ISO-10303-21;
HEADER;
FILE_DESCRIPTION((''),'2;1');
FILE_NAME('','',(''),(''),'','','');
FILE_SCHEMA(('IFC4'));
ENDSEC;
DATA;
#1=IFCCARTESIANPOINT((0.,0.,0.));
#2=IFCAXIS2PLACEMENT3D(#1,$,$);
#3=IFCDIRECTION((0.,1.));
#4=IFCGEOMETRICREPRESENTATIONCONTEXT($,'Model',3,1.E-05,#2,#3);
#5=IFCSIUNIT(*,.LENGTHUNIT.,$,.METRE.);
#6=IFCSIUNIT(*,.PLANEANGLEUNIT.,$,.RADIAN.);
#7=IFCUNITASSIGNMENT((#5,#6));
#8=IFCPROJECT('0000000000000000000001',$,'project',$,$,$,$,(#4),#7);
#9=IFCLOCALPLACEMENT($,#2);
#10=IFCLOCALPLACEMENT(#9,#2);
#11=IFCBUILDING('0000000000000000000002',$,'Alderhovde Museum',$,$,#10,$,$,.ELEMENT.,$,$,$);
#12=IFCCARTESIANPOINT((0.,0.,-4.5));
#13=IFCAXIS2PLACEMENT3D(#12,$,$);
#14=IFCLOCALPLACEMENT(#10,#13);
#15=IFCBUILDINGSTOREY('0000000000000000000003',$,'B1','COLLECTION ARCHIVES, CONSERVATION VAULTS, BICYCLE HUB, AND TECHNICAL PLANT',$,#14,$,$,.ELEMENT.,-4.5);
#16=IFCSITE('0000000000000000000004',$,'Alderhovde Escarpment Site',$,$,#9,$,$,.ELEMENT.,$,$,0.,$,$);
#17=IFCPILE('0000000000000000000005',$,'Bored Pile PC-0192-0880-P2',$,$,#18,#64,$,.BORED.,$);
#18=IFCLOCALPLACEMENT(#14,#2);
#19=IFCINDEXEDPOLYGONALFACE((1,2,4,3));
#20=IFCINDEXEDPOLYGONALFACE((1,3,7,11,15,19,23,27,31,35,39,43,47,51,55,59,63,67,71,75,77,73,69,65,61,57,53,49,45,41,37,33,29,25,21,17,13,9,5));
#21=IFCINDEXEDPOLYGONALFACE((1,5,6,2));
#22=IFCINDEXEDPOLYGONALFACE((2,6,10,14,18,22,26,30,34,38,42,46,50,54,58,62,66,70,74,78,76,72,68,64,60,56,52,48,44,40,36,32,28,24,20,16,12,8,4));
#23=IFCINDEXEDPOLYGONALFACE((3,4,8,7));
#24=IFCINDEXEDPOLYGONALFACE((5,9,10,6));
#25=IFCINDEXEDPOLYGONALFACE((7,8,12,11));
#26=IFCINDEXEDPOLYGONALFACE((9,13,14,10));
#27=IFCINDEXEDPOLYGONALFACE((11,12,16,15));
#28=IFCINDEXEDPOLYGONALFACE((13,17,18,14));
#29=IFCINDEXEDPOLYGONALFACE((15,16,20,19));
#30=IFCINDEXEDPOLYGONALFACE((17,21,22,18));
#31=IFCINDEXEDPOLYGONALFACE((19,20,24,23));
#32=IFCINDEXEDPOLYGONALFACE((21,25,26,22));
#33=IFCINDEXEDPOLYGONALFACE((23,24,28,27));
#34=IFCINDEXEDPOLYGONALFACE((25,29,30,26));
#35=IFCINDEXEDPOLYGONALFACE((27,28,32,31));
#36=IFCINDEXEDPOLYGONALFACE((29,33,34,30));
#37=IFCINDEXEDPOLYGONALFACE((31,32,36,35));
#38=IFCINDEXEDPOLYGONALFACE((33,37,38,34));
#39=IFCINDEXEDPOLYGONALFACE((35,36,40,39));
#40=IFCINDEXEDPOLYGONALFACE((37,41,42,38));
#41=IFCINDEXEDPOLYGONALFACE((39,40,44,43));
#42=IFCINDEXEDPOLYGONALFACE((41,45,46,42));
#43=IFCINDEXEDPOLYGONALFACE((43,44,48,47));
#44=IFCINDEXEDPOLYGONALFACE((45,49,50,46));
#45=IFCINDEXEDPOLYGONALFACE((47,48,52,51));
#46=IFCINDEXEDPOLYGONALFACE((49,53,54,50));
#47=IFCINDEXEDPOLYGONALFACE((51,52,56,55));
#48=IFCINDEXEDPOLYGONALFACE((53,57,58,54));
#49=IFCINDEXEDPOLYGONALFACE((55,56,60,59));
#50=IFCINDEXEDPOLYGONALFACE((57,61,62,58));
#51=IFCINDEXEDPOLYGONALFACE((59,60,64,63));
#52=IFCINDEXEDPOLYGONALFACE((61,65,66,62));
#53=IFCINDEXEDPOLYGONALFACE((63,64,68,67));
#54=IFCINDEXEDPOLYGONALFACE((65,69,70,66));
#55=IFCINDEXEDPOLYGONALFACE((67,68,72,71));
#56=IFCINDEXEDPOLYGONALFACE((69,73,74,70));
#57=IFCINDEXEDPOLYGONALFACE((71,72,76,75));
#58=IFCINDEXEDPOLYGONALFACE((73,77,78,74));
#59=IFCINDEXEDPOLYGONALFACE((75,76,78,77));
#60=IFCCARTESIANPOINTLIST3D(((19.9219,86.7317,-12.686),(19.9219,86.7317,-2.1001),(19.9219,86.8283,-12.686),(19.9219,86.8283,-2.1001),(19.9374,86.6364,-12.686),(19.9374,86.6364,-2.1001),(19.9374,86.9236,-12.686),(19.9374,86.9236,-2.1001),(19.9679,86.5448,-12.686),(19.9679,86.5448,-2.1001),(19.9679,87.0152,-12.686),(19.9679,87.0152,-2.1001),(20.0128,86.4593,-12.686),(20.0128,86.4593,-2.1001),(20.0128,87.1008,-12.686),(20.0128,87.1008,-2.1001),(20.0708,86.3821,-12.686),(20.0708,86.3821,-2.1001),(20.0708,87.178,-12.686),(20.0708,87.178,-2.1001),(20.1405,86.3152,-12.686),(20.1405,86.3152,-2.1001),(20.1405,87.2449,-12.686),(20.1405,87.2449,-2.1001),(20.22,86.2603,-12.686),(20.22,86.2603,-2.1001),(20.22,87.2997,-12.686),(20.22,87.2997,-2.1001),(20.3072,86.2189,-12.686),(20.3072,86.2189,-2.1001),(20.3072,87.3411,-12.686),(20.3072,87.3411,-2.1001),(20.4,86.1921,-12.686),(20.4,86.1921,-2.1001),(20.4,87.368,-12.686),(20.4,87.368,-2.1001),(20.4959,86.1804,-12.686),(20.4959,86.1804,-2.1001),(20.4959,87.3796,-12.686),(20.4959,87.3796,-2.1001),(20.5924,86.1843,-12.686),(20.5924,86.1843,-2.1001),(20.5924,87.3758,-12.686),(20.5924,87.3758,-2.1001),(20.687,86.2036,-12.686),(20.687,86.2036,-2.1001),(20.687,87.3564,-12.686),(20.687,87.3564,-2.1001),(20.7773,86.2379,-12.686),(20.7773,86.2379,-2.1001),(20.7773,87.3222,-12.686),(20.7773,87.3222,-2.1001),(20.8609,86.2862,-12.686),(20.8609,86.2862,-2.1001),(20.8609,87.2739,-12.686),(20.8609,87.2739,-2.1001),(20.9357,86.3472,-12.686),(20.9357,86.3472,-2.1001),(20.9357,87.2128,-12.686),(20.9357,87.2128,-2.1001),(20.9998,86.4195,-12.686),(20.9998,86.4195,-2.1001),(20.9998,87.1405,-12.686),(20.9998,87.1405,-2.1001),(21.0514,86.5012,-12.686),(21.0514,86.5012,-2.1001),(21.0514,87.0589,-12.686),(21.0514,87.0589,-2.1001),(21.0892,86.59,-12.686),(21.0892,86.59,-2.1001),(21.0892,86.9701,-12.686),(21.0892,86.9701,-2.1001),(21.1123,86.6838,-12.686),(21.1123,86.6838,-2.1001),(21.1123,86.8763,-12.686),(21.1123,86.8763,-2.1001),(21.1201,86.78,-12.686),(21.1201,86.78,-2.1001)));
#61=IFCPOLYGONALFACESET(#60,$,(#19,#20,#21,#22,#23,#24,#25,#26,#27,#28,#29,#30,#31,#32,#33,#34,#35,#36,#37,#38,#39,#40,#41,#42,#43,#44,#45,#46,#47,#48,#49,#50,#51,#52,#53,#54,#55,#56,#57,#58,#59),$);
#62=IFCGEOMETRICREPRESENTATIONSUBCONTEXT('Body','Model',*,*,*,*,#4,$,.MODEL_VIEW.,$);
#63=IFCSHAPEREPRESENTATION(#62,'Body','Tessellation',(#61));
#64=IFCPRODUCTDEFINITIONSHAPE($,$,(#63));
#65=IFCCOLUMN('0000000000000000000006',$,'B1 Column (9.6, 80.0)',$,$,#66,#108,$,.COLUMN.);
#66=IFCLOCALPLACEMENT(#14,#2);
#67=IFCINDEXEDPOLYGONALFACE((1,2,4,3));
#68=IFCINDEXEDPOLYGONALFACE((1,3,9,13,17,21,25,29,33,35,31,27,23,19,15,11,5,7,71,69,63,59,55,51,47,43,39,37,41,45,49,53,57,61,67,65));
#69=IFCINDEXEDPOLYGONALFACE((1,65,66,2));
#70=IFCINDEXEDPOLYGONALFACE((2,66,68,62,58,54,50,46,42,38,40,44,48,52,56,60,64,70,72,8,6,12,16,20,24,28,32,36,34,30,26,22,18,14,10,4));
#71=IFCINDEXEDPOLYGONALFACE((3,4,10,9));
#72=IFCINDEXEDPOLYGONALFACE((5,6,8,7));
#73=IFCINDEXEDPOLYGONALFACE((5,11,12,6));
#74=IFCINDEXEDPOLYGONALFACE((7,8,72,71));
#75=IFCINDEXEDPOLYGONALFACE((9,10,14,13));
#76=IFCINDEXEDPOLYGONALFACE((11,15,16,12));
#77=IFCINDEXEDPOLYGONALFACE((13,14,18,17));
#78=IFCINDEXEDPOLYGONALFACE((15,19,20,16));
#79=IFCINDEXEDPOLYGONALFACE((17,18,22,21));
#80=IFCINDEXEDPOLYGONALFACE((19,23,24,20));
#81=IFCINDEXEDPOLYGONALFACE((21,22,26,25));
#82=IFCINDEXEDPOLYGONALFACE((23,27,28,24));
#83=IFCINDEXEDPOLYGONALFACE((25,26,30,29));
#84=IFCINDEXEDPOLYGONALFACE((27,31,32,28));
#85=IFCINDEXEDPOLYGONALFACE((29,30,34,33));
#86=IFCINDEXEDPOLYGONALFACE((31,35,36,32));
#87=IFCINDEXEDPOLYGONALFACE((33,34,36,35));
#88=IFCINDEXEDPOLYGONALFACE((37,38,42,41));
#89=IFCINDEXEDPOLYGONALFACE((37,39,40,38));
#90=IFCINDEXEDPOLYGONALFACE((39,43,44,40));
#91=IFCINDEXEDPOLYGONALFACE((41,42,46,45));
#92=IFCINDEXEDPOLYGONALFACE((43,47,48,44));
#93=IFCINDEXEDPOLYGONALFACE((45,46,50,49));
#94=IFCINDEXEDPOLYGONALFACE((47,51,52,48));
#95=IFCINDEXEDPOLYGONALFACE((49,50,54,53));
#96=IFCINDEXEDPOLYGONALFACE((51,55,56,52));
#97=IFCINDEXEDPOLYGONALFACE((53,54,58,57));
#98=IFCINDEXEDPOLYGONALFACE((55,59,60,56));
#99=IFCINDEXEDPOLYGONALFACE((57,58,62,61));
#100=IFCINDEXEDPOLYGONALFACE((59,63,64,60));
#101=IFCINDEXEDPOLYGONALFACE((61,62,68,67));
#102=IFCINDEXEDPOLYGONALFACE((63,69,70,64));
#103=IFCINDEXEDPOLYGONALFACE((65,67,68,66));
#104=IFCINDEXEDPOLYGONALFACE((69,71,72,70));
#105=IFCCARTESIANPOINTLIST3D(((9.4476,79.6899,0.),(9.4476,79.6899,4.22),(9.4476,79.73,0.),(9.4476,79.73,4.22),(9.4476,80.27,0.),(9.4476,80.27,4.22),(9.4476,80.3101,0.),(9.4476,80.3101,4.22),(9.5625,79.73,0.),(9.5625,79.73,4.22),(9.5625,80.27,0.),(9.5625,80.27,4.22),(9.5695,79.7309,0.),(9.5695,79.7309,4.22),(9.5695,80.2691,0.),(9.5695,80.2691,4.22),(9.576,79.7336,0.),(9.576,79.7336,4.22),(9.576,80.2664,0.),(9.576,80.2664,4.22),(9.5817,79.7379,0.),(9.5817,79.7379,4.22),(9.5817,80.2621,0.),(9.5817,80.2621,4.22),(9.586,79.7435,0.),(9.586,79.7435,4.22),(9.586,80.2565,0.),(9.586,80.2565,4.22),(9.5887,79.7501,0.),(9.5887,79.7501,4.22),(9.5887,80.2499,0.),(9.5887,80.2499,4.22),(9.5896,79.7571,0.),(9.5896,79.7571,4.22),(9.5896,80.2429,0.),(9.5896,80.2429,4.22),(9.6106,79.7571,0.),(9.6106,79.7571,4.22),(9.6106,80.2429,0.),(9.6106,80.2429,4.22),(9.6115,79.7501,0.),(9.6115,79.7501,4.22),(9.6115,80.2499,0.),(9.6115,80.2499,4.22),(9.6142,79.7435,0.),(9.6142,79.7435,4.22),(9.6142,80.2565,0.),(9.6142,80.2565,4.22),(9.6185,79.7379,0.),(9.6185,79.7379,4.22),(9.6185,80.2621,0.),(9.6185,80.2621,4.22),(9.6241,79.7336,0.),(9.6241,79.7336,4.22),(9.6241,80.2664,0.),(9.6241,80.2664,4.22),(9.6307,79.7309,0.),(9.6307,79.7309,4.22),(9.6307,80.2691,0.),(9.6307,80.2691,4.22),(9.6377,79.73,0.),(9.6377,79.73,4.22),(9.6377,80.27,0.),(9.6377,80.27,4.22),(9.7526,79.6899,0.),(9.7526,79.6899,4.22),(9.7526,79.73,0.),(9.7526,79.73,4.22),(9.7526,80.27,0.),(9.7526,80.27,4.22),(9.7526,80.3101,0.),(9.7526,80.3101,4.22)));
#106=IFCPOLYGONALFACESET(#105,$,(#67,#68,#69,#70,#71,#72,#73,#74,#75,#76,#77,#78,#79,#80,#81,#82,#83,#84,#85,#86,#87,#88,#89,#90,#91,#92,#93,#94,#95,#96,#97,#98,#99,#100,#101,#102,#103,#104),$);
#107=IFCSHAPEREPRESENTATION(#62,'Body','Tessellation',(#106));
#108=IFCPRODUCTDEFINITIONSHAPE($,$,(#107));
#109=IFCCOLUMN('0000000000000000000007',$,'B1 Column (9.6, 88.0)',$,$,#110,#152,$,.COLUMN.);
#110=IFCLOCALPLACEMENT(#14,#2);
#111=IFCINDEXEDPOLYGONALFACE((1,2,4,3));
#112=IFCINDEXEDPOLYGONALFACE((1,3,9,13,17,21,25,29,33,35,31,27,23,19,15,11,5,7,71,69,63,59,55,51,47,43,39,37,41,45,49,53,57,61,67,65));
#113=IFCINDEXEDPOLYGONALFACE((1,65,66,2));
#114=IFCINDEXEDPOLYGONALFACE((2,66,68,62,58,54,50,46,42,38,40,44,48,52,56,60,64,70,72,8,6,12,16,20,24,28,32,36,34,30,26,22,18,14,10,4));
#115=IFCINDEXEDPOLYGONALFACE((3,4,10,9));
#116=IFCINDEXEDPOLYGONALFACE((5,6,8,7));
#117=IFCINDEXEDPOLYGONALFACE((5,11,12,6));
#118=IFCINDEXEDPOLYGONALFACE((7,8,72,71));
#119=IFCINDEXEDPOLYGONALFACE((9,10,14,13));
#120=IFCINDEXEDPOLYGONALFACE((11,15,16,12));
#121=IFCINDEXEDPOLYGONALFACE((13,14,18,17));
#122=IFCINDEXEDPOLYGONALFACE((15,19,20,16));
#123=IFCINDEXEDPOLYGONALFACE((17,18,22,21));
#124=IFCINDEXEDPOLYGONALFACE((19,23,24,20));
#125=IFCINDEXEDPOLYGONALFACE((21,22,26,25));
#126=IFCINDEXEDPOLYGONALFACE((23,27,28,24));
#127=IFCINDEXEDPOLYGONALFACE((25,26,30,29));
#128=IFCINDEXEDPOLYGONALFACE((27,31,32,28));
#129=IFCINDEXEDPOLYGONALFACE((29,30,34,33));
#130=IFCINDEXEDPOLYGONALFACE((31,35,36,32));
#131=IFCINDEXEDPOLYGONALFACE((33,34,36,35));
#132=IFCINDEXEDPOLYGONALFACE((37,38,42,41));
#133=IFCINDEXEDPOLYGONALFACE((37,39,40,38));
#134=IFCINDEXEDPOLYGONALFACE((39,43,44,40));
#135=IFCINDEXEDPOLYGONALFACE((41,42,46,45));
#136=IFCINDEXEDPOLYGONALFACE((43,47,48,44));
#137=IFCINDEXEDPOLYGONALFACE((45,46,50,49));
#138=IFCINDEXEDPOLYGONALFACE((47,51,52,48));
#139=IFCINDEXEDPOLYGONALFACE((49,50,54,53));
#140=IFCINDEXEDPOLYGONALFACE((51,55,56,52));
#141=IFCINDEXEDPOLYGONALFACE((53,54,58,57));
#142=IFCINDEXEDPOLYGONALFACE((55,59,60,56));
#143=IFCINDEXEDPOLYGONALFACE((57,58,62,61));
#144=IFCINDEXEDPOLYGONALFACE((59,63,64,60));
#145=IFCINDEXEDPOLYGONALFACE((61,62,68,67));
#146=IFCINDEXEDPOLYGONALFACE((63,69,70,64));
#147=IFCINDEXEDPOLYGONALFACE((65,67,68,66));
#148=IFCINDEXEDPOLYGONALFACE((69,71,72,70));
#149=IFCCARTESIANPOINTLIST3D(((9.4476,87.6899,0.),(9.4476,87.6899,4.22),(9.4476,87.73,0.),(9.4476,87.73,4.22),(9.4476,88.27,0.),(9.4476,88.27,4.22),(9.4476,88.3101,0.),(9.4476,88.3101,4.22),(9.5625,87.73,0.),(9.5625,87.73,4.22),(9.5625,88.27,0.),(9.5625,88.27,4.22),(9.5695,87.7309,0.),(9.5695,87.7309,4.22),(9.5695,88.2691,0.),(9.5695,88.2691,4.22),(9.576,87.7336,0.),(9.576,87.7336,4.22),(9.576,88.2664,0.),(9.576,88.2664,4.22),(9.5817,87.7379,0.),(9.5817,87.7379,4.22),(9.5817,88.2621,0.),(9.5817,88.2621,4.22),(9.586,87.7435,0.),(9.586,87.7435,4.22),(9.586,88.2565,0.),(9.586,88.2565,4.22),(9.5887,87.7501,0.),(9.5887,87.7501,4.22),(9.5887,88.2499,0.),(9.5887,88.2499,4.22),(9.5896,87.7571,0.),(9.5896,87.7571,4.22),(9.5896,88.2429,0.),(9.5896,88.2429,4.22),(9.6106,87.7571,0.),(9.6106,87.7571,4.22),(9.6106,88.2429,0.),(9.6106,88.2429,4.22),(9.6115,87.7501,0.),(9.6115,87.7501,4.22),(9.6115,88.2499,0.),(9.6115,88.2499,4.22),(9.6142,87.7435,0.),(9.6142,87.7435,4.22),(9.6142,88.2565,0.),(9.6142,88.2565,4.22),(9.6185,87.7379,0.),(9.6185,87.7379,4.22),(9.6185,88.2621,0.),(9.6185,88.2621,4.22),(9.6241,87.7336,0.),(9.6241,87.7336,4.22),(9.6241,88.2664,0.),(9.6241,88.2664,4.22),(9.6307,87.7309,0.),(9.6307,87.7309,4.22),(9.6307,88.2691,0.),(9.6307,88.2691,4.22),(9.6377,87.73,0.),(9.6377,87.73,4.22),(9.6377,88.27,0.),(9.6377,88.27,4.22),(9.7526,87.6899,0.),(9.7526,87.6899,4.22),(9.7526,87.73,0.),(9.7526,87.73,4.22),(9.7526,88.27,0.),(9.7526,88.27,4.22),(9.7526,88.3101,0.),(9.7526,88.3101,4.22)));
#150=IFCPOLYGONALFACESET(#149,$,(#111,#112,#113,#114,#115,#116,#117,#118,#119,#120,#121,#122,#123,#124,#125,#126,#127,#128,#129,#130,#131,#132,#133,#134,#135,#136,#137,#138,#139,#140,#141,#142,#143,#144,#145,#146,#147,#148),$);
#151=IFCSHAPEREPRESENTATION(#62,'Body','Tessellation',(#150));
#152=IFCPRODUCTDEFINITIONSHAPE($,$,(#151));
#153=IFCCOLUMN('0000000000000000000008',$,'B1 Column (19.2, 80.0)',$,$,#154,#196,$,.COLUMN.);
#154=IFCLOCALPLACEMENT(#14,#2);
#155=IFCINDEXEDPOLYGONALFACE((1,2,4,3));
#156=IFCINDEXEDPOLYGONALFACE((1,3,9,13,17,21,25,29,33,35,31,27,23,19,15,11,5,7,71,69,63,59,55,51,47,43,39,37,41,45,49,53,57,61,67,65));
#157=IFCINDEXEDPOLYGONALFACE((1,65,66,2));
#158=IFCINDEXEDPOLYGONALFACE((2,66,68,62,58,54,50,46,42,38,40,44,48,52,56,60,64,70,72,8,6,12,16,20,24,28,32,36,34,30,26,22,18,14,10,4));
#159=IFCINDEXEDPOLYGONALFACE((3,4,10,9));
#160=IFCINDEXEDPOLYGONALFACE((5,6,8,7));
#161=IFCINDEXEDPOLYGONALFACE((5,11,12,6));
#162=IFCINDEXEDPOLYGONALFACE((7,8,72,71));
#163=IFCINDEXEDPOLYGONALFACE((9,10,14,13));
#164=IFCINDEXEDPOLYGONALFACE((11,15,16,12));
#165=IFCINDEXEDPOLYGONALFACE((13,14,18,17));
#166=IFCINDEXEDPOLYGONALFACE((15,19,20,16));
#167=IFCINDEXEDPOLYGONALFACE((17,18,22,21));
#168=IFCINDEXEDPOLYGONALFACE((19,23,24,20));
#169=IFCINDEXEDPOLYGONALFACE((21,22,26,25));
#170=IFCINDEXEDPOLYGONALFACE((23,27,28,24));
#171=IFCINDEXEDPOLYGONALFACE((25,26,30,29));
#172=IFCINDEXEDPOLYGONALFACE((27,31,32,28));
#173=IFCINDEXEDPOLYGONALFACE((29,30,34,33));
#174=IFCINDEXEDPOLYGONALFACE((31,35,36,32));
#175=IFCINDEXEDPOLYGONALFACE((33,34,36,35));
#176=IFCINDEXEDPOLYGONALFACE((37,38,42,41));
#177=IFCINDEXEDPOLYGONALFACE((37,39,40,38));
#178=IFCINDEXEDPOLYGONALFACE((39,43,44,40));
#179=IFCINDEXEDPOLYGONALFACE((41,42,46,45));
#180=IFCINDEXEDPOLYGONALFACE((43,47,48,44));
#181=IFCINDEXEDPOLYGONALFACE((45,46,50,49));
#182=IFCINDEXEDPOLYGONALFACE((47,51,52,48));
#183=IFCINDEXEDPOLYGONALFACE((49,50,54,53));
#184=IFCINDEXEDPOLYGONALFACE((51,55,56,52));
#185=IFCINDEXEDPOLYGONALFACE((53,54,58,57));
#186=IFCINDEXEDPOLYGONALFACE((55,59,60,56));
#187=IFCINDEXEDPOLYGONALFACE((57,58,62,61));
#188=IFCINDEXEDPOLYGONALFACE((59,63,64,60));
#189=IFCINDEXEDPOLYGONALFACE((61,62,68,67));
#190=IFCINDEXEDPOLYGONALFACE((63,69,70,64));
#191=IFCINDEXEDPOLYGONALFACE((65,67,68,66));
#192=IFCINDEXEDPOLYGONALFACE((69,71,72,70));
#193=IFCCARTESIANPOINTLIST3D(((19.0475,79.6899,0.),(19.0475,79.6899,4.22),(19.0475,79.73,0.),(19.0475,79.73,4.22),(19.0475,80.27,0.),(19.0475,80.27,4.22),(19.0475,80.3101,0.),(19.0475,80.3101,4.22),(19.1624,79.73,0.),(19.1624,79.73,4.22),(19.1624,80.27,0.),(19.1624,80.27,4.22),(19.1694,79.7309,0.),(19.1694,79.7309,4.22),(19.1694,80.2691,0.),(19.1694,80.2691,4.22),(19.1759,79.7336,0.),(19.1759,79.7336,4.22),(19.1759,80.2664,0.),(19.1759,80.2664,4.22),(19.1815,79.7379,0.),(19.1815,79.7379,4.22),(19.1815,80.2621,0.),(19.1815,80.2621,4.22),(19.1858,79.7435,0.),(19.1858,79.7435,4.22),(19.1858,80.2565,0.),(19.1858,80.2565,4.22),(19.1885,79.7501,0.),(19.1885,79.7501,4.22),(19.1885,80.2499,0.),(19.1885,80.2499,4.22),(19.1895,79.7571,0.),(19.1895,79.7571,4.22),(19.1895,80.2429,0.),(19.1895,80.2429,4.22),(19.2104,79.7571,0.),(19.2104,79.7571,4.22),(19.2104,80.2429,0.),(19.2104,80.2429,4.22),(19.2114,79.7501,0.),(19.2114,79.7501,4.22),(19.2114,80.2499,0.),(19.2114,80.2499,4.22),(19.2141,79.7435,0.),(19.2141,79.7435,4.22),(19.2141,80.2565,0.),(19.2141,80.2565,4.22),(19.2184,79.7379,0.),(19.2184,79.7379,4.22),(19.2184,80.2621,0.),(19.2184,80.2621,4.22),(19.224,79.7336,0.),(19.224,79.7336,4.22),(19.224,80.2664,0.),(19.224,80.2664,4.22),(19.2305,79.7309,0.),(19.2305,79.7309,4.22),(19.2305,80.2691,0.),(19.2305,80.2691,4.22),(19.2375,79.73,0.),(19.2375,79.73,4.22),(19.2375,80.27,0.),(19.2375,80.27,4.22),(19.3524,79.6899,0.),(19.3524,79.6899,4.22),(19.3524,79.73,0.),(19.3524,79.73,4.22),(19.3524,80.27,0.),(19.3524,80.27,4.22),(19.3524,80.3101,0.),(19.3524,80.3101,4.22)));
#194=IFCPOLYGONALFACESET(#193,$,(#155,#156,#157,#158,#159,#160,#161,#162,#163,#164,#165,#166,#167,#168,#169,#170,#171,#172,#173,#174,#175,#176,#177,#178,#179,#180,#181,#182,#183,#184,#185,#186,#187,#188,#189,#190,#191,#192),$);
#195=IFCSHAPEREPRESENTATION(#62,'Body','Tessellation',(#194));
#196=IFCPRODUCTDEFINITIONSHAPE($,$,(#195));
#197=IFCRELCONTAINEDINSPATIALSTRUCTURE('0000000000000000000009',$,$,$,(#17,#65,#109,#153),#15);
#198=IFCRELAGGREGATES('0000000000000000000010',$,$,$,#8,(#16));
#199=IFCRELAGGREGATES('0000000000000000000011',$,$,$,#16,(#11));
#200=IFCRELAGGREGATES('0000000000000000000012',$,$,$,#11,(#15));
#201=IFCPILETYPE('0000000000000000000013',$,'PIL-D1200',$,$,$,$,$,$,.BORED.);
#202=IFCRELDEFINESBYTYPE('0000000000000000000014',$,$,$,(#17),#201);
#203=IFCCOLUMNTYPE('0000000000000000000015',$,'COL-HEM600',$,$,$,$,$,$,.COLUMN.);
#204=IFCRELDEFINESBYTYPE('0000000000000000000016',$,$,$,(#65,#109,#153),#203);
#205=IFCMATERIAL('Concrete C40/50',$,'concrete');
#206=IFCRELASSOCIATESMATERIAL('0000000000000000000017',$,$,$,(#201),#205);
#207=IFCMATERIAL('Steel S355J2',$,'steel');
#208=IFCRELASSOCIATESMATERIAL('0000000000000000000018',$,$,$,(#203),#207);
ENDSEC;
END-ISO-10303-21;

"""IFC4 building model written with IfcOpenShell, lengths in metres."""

from ifc_helpers import new_model, si_unit, direction, frame, origin, origin_2d, place, context, subcontext, project, spatial, circle, i_section, extrude, material, material_profile, profile_set, type_object, element, save


model = new_model("IFC4")

# Units and contexts
model_context = context("Model", 3, precision=1e-05, world=origin(), true_north=direction((0.0, 1.0)))
body_context = subcontext(model_context, "Body", "Model", "MODEL_VIEW")
ifc_project = project(units=[si_unit("LENGTHUNIT", "METRE"), si_unit("PLANEANGLEUNIT", "RADIAN")], contexts=[model_context])

# Site, building, storey
site_placement = place(None, origin())
site = spatial("IfcSite", under=ifc_project, at=site_placement, Name="Alderhovde Escarpment Site", CompositionType="ELEMENT", RefElevation=0.0)
building_placement = place(site_placement, origin())
building = spatial("IfcBuilding", under=site, at=building_placement, Name="Alderhovde Museum", CompositionType="ELEMENT")
storey_placement = place(building_placement, frame((0.0, 0.0, -4.5)))
storey = spatial("IfcBuildingStorey", under=building, at=storey_placement, Name="B1", Description="COLLECTION ARCHIVES, CONSERVATION VAULTS, BICYCLE HUB, AND TECHNICAL PLANT", CompositionType="ELEMENT", Elevation=-4.5)

# Pile
ifc_material_1 = material(Name="Concrete C40/50", Category="concrete")
ifc_material_profile_1 = material_profile(ifc_material_1, circle(Radius=0.6001, at=origin_2d()), Name="PILE-D1200")
ifc_profile_set_1 = profile_set([ifc_material_profile_1], Name="Concrete C40/50")
pile_type = type_object("IfcPileType", Name="PIL-D1200", PredefinedType="BORED", material=ifc_profile_set_1)
for number, where, z_axis, x_axis, name in (
    (1, (20.52, 86.78, -2.1001), (0.0, 0.0, -1.0), (1.0, 0.0, 0.0), "Bored Pile PC-0192-0880-P2"),
):
    element("IfcPile", number, at=place(storey_placement, frame(where, z_axis=z_axis, x_axis=x_axis)), inside=storey, type_object=pile_type, Name=name, PredefinedType="BORED", context=body_context, shape_type="SweptSolid", body=[
        extrude(circle(Radius=0.6001, at=origin_2d()), origin(), (0.0, 0.0, 1.0), 10.5859),
    ])

# Columns
ifc_material_2 = material(Name="Steel S355J2", Category="steel")
ifc_material_profile_2 = material_profile(ifc_material_2, i_section(OverallWidth=0.3049, OverallDepth=0.6201, WebThickness=0.021, FlangeThickness=0.04, FilletRadius=0.0271, at=origin_2d()), Name="HEM 600")
ifc_profile_set_2 = profile_set([ifc_material_profile_2], Name="Steel S355J2")
column_type = type_object("IfcColumnType", Name="COL-HEM600", PredefinedType="COLUMN", material=ifc_profile_set_2)
for number, where, z_axis, x_axis, name in (
    (2, (9.6001, 80.0, 0.0), (0.0, 0.0, 1.0), (1.0, 0.0, 0.0), "B1 Column (9.6, 80.0)"),
    (3, (9.6001, 88.0, 0.0), (0.0, 0.0, 1.0), (1.0, 0.0, 0.0), "B1 Column (9.6, 88.0)"),
    (4, (19.2, 80.0, 0.0), (0.0, 0.0, 1.0), (1.0, 0.0, 0.0), "B1 Column (19.2, 80.0)"),
):
    element("IfcColumn", number, at=place(storey_placement, frame(where, z_axis=z_axis, x_axis=x_axis)), inside=storey, type_object=column_type, Name=name, PredefinedType="COLUMN", context=body_context, shape_type="SweptSolid", body=[
        extrude(i_section(OverallWidth=0.3049, OverallDepth=0.6201, WebThickness=0.021, FlangeThickness=0.04, FilletRadius=0.0271, at=origin_2d()), origin(), (0.0, 0.0, 1.0), 4.22),
    ])

save(model, "model.ifc")
